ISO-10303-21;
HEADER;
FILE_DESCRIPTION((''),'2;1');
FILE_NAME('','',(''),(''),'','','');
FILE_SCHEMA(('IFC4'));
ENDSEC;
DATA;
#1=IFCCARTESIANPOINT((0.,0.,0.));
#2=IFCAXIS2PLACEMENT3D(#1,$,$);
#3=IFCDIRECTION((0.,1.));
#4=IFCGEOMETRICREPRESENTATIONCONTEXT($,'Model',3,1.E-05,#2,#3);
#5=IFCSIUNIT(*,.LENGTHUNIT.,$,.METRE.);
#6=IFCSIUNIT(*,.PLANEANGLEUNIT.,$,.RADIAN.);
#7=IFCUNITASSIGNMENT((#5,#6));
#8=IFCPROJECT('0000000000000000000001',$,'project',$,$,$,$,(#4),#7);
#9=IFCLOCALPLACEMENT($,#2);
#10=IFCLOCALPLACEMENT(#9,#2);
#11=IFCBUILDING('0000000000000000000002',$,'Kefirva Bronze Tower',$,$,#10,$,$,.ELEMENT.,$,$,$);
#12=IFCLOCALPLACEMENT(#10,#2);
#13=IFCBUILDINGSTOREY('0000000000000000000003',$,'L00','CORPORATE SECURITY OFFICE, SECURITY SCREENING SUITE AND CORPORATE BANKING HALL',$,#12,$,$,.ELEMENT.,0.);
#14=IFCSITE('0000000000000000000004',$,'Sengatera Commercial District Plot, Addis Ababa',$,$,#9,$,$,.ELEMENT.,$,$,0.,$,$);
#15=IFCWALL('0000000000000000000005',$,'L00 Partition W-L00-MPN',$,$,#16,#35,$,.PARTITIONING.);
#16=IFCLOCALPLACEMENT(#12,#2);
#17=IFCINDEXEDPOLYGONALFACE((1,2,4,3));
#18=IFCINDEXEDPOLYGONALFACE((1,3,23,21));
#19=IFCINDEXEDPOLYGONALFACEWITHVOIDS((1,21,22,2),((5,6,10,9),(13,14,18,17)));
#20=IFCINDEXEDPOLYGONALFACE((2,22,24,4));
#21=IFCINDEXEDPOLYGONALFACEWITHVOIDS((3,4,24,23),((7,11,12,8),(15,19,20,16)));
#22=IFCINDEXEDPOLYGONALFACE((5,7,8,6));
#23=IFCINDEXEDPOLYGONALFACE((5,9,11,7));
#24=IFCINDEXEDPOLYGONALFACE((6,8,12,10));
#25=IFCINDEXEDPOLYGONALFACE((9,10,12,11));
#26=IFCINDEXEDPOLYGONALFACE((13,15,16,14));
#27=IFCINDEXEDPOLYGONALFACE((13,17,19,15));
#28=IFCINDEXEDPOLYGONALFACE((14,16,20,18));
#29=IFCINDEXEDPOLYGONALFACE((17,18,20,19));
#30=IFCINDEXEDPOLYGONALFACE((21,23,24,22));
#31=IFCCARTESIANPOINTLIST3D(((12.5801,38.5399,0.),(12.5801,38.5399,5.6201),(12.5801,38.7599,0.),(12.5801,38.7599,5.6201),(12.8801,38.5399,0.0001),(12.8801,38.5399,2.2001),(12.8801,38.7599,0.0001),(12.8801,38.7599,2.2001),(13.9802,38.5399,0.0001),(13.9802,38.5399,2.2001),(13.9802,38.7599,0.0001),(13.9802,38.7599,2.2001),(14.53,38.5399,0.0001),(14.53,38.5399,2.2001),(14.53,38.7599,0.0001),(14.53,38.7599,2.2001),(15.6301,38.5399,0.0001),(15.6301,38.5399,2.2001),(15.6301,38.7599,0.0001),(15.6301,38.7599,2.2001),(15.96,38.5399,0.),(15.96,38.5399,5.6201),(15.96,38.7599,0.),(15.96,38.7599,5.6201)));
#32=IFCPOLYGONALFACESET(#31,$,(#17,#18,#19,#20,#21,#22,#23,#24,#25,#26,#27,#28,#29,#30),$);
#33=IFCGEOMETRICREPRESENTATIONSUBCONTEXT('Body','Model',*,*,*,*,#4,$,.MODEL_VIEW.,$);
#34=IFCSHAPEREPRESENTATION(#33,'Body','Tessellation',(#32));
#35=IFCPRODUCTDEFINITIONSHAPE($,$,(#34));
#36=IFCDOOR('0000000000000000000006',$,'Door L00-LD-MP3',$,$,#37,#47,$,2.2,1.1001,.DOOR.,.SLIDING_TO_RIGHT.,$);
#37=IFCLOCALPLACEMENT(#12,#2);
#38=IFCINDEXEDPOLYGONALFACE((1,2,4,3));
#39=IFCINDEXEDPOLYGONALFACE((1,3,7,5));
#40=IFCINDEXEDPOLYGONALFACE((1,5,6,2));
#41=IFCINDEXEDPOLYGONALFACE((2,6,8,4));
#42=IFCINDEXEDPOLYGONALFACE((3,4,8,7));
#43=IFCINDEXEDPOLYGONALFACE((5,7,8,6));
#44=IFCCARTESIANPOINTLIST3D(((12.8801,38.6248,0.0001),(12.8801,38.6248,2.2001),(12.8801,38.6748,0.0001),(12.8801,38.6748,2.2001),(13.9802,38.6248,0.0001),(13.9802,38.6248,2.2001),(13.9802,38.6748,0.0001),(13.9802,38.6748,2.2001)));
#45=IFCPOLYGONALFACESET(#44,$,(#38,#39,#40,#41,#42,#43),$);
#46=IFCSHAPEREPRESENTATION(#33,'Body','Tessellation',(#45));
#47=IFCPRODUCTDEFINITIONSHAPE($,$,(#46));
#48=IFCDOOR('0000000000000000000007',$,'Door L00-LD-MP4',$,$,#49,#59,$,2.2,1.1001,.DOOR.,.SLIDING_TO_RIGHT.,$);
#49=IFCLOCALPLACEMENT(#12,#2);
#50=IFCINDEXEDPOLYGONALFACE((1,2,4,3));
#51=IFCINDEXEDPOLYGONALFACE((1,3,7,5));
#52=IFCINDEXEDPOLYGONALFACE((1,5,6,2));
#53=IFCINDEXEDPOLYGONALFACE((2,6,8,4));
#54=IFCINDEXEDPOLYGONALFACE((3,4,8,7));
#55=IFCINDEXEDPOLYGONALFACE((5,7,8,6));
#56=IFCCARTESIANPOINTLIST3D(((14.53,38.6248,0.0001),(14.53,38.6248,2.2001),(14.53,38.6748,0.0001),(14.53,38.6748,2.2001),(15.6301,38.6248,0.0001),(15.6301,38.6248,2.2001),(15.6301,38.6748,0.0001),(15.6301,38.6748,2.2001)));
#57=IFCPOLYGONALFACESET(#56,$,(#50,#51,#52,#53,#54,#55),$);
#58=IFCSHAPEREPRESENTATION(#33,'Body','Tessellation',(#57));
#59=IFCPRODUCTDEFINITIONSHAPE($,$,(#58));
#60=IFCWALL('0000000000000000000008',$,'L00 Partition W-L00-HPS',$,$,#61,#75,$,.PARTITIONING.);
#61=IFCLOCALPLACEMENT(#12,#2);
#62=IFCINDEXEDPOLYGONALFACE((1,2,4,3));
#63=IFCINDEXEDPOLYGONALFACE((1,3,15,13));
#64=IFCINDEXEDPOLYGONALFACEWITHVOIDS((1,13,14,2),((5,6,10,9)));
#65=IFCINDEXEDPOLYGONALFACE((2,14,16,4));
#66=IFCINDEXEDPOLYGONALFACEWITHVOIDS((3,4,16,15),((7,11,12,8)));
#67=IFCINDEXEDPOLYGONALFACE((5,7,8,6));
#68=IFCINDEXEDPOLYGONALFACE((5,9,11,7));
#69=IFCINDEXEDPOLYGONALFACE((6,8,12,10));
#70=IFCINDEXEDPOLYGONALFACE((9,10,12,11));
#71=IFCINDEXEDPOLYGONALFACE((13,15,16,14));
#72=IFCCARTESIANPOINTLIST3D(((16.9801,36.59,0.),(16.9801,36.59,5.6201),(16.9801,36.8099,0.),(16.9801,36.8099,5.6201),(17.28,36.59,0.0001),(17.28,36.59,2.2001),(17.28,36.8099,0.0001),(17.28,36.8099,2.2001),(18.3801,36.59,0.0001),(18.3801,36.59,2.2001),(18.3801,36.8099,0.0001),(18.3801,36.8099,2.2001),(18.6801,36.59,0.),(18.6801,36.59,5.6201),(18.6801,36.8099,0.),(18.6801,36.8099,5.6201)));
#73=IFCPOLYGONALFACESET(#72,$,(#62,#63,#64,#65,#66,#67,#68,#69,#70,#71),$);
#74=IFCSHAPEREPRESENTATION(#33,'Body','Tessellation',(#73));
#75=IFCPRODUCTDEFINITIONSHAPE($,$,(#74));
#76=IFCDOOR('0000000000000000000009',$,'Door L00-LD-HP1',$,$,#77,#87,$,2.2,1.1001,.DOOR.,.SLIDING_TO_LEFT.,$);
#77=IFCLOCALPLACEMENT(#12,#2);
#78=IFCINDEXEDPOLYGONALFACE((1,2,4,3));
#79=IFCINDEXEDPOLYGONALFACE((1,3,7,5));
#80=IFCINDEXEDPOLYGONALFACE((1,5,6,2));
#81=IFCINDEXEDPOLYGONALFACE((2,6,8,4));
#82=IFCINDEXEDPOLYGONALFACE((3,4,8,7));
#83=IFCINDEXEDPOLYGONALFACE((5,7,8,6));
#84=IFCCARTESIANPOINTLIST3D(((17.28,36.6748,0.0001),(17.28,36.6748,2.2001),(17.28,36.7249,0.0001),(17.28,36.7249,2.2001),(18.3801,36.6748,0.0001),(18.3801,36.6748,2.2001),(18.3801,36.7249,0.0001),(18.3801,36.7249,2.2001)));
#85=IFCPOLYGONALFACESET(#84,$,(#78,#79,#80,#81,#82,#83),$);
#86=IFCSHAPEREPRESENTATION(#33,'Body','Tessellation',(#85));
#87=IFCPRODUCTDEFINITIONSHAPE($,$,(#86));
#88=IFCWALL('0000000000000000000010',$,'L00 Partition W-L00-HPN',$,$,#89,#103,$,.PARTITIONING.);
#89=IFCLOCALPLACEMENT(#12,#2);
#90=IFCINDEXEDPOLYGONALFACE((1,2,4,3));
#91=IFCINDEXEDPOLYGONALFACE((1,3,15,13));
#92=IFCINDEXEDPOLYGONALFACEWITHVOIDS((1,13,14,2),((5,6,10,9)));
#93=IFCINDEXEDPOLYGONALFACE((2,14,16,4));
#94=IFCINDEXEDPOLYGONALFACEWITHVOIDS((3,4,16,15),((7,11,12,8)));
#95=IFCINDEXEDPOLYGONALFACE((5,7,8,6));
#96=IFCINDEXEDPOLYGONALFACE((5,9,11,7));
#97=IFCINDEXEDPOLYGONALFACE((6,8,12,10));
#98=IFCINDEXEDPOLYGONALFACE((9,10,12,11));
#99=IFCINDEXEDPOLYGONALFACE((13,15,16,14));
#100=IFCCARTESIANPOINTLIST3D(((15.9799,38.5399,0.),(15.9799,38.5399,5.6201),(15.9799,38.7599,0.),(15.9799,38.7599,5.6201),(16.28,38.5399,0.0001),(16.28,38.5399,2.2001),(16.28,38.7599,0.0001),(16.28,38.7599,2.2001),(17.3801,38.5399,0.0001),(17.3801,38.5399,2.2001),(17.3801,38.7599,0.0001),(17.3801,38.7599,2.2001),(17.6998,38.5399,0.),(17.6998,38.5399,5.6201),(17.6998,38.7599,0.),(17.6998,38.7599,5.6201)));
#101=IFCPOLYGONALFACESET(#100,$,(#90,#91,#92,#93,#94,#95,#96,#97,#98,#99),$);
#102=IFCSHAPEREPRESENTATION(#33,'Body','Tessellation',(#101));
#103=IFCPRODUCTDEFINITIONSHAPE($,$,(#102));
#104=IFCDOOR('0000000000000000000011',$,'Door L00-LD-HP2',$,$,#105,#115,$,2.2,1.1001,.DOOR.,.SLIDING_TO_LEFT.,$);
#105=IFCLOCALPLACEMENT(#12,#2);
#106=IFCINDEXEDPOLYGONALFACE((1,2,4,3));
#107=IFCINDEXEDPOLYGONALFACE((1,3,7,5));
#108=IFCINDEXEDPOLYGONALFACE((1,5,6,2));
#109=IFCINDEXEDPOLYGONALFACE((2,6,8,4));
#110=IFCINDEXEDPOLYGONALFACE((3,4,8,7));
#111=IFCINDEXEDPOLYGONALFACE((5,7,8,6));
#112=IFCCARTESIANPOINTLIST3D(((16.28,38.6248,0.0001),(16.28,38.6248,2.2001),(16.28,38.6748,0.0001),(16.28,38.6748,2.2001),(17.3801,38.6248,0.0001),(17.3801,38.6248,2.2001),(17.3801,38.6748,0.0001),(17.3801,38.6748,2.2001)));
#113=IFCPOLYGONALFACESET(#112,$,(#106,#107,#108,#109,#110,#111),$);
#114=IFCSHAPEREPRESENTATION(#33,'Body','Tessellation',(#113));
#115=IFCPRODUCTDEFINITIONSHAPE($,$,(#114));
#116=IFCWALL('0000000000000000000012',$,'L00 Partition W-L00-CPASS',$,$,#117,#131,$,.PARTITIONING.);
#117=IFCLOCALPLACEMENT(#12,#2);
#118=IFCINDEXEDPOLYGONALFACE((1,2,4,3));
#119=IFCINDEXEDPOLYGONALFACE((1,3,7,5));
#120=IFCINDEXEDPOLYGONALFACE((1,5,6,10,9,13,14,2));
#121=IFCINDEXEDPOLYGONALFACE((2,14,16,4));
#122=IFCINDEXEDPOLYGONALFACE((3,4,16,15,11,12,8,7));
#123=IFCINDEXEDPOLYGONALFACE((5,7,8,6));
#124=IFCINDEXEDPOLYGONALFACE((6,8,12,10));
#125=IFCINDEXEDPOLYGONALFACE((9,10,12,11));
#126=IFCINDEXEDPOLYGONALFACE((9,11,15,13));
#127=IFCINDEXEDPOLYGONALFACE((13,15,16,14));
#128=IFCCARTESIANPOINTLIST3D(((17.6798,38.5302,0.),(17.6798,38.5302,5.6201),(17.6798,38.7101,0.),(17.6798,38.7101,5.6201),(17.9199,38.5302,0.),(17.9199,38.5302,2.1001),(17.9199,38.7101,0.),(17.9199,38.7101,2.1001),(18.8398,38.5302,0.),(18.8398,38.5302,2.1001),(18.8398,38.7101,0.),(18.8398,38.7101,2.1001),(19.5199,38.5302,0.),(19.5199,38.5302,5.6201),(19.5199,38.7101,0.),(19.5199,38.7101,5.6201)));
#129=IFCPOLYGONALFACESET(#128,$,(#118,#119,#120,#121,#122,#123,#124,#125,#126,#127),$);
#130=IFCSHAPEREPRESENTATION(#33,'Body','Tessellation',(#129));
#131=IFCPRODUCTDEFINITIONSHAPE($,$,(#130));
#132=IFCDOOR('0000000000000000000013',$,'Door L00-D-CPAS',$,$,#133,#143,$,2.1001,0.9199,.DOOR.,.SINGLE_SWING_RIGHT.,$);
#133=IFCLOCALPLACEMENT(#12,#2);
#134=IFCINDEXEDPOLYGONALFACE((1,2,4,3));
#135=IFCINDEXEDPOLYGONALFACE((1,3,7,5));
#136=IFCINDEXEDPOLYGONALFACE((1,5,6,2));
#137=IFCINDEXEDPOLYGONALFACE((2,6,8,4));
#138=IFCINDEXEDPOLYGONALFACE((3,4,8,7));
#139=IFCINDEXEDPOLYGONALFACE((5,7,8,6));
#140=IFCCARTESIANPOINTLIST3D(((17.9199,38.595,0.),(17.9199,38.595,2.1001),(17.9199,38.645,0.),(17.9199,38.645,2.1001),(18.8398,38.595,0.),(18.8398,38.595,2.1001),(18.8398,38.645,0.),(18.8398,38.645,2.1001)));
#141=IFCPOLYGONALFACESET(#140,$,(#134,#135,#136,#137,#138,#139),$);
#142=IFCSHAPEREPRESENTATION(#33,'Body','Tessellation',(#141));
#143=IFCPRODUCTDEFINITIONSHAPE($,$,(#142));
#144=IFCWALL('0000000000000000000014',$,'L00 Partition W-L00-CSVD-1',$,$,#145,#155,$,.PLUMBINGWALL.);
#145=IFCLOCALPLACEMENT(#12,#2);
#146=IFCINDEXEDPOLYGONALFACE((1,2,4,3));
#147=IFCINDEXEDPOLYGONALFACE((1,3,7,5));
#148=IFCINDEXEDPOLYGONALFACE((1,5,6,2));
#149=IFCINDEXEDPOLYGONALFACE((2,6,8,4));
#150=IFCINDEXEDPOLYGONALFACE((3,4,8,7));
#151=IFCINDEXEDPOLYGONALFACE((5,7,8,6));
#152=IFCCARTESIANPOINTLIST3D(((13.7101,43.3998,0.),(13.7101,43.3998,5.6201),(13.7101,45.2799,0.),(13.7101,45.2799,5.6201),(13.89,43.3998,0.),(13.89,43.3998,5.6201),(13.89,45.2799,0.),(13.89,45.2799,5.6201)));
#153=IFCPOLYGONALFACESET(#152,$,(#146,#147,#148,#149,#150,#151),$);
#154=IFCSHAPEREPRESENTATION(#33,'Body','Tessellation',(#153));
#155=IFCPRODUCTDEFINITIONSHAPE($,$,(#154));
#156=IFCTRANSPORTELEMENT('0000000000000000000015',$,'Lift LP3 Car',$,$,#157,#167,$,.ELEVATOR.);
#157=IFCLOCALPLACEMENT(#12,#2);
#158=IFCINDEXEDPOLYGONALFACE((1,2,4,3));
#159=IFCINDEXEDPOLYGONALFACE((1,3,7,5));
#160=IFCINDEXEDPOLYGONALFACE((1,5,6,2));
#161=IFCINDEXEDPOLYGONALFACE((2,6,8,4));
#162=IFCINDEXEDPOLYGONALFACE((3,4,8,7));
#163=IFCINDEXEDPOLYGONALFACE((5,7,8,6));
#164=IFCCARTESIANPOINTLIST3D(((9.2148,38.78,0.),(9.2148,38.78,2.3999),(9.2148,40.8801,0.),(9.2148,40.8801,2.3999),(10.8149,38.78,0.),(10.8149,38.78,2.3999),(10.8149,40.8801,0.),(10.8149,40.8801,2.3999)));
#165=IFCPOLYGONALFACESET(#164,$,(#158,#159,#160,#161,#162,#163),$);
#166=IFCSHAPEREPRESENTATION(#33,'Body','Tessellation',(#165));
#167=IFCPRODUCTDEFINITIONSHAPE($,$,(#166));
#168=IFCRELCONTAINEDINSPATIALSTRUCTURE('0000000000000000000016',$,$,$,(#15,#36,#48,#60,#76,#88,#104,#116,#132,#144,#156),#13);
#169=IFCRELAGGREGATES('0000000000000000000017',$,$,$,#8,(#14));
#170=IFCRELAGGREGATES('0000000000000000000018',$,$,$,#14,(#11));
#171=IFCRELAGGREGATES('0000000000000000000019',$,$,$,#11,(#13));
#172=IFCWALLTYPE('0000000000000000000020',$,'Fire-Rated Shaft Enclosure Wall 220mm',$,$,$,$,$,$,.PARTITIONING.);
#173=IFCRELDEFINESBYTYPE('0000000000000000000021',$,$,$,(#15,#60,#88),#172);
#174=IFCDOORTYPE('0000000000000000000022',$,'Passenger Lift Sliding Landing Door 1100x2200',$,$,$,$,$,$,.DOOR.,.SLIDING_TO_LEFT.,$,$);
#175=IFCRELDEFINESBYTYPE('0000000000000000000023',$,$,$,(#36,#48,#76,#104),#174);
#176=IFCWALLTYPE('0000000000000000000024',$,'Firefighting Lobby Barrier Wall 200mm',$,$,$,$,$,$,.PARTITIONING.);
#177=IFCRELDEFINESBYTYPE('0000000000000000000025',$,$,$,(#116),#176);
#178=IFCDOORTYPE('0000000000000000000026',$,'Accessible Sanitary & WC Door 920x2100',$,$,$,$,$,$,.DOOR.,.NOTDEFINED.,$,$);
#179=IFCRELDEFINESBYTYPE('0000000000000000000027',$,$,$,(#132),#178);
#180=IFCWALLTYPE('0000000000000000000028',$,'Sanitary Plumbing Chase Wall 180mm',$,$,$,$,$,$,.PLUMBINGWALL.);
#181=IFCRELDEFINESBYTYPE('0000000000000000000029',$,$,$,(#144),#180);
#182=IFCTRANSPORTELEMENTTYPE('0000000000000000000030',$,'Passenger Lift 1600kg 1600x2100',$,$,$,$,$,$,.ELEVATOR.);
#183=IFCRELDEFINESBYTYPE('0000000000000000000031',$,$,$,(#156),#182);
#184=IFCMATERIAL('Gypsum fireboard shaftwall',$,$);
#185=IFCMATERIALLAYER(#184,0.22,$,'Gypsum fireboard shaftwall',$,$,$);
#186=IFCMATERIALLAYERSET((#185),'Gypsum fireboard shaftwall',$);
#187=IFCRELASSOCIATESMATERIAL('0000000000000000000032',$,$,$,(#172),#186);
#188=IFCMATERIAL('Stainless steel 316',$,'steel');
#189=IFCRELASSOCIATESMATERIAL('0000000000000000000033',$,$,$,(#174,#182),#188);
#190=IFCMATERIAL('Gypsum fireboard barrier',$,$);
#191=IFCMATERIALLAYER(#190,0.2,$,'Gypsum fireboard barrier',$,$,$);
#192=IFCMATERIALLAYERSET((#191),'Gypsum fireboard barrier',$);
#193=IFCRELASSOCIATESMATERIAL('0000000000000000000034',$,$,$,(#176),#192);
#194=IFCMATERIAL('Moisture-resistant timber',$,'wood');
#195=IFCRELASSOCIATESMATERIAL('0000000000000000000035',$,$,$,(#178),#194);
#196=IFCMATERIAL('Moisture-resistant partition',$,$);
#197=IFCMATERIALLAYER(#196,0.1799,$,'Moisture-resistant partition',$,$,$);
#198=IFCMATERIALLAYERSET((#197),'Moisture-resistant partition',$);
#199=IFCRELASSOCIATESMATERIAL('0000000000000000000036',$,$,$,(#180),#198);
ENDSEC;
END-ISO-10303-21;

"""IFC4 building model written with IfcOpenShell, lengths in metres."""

from ifc_helpers import new_model, si_unit, direction, frame, frame_2d, origin, origin_2d, place, context, subcontext, project, spatial, rectangle, extrude, material, layer, layer_set, type_object, element, fill, save


model = new_model("IFC4")

# Units and contexts
model_context = context("Model", 3, precision=1e-05, world=origin(), true_north=direction((0.0, 1.0)))
body_context = subcontext(model_context, "Body", "Model", "MODEL_VIEW")
ifc_project = project(units=[si_unit("LENGTHUNIT", "METRE"), si_unit("PLANEANGLEUNIT", "RADIAN")], contexts=[model_context])

# Site, building, storey
site_placement = place(None, origin())
site = spatial("IfcSite", under=ifc_project, at=site_placement, Name="Sengatera Commercial District Plot, Addis Ababa", CompositionType="ELEMENT", RefElevation=0.0)
building_placement = place(site_placement, origin())
building = spatial("IfcBuilding", under=site, at=building_placement, Name="Kefirva Bronze Tower", CompositionType="ELEMENT")
storey_placement = place(building_placement, origin())
storey = spatial("IfcBuildingStorey", under=building, at=storey_placement, Name="L00", Description="CORPORATE SECURITY OFFICE, SECURITY SCREENING SUITE AND CORPORATE BANKING HALL", CompositionType="ELEMENT", Elevation=0.0)

# Shared definitions
ifc_material_1 = material(Name="Gypsum fireboard shaftwall")
ifc_layer_1 = layer(ifc_material_1, 0.22, Name="Gypsum fireboard shaftwall")
ifc_layer_set_1 = layer_set([ifc_layer_1], Name="Gypsum fireboard shaftwall")
wall_type_1 = type_object("IfcWallType", Name="Fire-Rated Shaft Enclosure Wall 220mm", PredefinedType="PARTITIONING", material=ifc_layer_set_1)

# Wall, openings, doors
ifc_material_2 = material(Name="Stainless steel 316", Category="steel")
door_type_1 = type_object("IfcDoorType", Name="Passenger Lift Sliding Landing Door 1100x2200", OperationType="SLIDING_TO_LEFT", PredefinedType="DOOR", material=ifc_material_2)
wall_1_placement = place(storey_placement, frame((12.5801, 38.6499, 0.0), z_axis=(0.0, 0.0, 1.0), x_axis=(1.0, 0.0, 0.0)))
wall_1 = element("IfcWall", 1, at=wall_1_placement, inside=storey, type_object=wall_type_1, Name="L00 Partition W-L00-MPN", PredefinedType="PARTITIONING", context=body_context, shape_type="SweptSolid", body=[
    extrude(rectangle(XDim=3.3799, YDim=0.22, at=frame_2d((1.6899, 0.0))), origin(), (0.0, 0.0, 1.0), 5.6201),
])
opening_1_placement = place(wall_1_placement, frame((0.3, 0.0, 0.0)))
opening_1 = element("IfcOpeningElement", 2, at=opening_1_placement, cuts=wall_1, PredefinedType="OPENING", context=body_context, shape_type="SweptSolid", body=[
    extrude(rectangle(XDim=1.1001, YDim=2.2, at=frame_2d((0.55, 1.1001))), frame((0.0, 0.1201, 0.0), z_axis=(0.0, -1.0, 0.0), x_axis=(1.0, 0.0, 0.0)), (0.0, 0.0, 1.0), 0.24),
])
opening_2_placement = place(wall_1_placement, frame((1.95, 0.0, 0.0)))
opening_2 = element("IfcOpeningElement", 3, at=opening_2_placement, cuts=wall_1, PredefinedType="OPENING", context=body_context, shape_type="SweptSolid", body=[
    extrude(rectangle(XDim=1.1001, YDim=2.2, at=frame_2d((0.55, 1.1001))), frame((0.0, 0.1201, 0.0), z_axis=(0.0, -1.0, 0.0), x_axis=(1.0, 0.0, 0.0)), (0.0, 0.0, 1.0), 0.24),
])
door_1_placement = place(opening_1_placement, origin())
door_1 = element("IfcDoor", 4, at=door_1_placement, inside=storey, type_object=door_type_1, Name="Door L00-LD-MP3", OperationType="SLIDING_TO_RIGHT", OverallHeight=2.2, OverallWidth=1.1001, PredefinedType="DOOR", context=body_context, shape_type="SweptSolid", body=[
    extrude(rectangle(XDim=1.1001, YDim=2.2, at=frame_2d((0.55, 1.1001))), frame((0.0, 0.0249, 0.0), z_axis=(0.0, -1.0, 0.0), x_axis=(1.0, 0.0, 0.0)), (0.0, 0.0, 1.0), 0.05),
])
fill(opening_1, door_1)
door_2_placement = place(opening_2_placement, origin())
door_2 = element("IfcDoor", 5, at=door_2_placement, inside=storey, type_object=door_type_1, Name="Door L00-LD-MP4", OperationType="SLIDING_TO_RIGHT", OverallHeight=2.2, OverallWidth=1.1001, PredefinedType="DOOR", context=body_context, shape_type="SweptSolid", body=[
    extrude(rectangle(XDim=1.1001, YDim=2.2, at=frame_2d((0.55, 1.1001))), frame((0.0, 0.0249, 0.0), z_axis=(0.0, -1.0, 0.0), x_axis=(1.0, 0.0, 0.0)), (0.0, 0.0, 1.0), 0.05),
])
fill(opening_2, door_2)

# Walls, openings, doors
wall_2_placement = place(storey_placement, frame((16.98, 36.7, 0.0), z_axis=(0.0, 0.0, 1.0), x_axis=(1.0, 0.0, 0.0)))
wall_2 = element("IfcWall", 6, at=wall_2_placement, inside=storey, type_object=wall_type_1, Name="L00 Partition W-L00-HPS", PredefinedType="PARTITIONING", context=body_context, shape_type="SweptSolid", body=[
    extrude(rectangle(XDim=1.7, YDim=0.22, at=frame_2d((0.8501, 0.0))), origin(), (0.0, 0.0, 1.0), 5.6201),
])
opening_3_placement = place(wall_2_placement, frame((0.3, 0.0, 0.0)))
opening_3 = element("IfcOpeningElement", 7, at=opening_3_placement, cuts=wall_2, PredefinedType="OPENING", context=body_context, shape_type="SweptSolid", body=[
    extrude(rectangle(XDim=1.1001, YDim=2.2, at=frame_2d((0.55, 1.1001))), frame((0.0, 0.1201, 0.0), z_axis=(0.0, -1.0, 0.0), x_axis=(1.0, 0.0, 0.0)), (0.0, 0.0, 1.0), 0.24),
])
door_3_placement = place(opening_3_placement, origin())
door_3 = element("IfcDoor", 8, at=door_3_placement, inside=storey, type_object=door_type_1, Name="Door L00-LD-HP1", OperationType="SLIDING_TO_LEFT", OverallHeight=2.2, OverallWidth=1.1001, PredefinedType="DOOR", context=body_context, shape_type="SweptSolid", body=[
    extrude(rectangle(XDim=1.1001, YDim=2.2, at=frame_2d((0.55, 1.1001))), frame((0.0, 0.0249, 0.0), z_axis=(0.0, -1.0, 0.0), x_axis=(1.0, 0.0, 0.0)), (0.0, 0.0, 1.0), 0.05),
])
fill(opening_3, door_3)
wall_3_placement = place(storey_placement, frame((15.98, 38.6499, 0.0), z_axis=(0.0, 0.0, 1.0), x_axis=(1.0, 0.0, 0.0)))
wall_3 = element("IfcWall", 9, at=wall_3_placement, inside=storey, type_object=wall_type_1, Name="L00 Partition W-L00-HPN", PredefinedType="PARTITIONING", context=body_context, shape_type="SweptSolid", body=[
    extrude(rectangle(XDim=1.72, YDim=0.22, at=frame_2d((0.8599, 0.0))), origin(), (0.0, 0.0, 1.0), 5.6201),
])
opening_4_placement = place(wall_3_placement, frame((0.3, 0.0, 0.0)))
opening_4 = element("IfcOpeningElement", 10, at=opening_4_placement, cuts=wall_3, PredefinedType="OPENING", context=body_context, shape_type="SweptSolid", body=[
    extrude(rectangle(XDim=1.1001, YDim=2.2, at=frame_2d((0.55, 1.1001))), frame((0.0, 0.1201, 0.0), z_axis=(0.0, -1.0, 0.0), x_axis=(1.0, 0.0, 0.0)), (0.0, 0.0, 1.0), 0.24),
])
door_4_placement = place(opening_4_placement, origin())
door_4 = element("IfcDoor", 11, at=door_4_placement, inside=storey, type_object=door_type_1, Name="Door L00-LD-HP2", OperationType="SLIDING_TO_LEFT", OverallHeight=2.2, OverallWidth=1.1001, PredefinedType="DOOR", context=body_context, shape_type="SweptSolid", body=[
    extrude(rectangle(XDim=1.1001, YDim=2.2, at=frame_2d((0.55, 1.1001))), frame((0.0, 0.0249, 0.0), z_axis=(0.0, -1.0, 0.0), x_axis=(1.0, 0.0, 0.0)), (0.0, 0.0, 1.0), 0.05),
])
fill(opening_4, door_4)
ifc_material_3 = material(Name="Gypsum fireboard barrier")
ifc_layer_2 = layer(ifc_material_3, 0.2, Name="Gypsum fireboard barrier")
ifc_layer_set_2 = layer_set([ifc_layer_2], Name="Gypsum fireboard barrier")
wall_type_2 = type_object("IfcWallType", Name="Firefighting Lobby Barrier Wall 200mm", PredefinedType="PARTITIONING", material=ifc_layer_set_2)
wall_4_placement = place(storey_placement, frame((17.6799, 38.6201, 0.0), z_axis=(0.0, 0.0, 1.0), x_axis=(1.0, 0.0, 0.0)))
wall_4 = element("IfcWall", 12, at=wall_4_placement, inside=storey, type_object=wall_type_2, Name="L00 Partition W-L00-CPASS", PredefinedType="PARTITIONING", context=body_context, shape_type="SweptSolid", body=[
    extrude(rectangle(XDim=1.8401, YDim=0.1799, at=frame_2d((0.9199, 0.0))), origin(), (0.0, 0.0, 1.0), 5.6201),
])
opening_5_placement = place(wall_4_placement, frame((0.24, 0.0, 0.0)))
opening_5 = element("IfcOpeningElement", 13, at=opening_5_placement, cuts=wall_4, PredefinedType="OPENING", context=body_context, shape_type="SweptSolid", body=[
    extrude(rectangle(XDim=0.9199, YDim=2.1001, at=frame_2d((0.46, 1.05))), frame((0.0, 0.1001, 0.0), z_axis=(0.0, -1.0, 0.0), x_axis=(1.0, 0.0, 0.0)), (0.0, 0.0, 1.0), 0.2),
])
ifc_material_4 = material(Name="Moisture-resistant timber", Category="wood")
door_type_2 = type_object("IfcDoorType", Name="Accessible Sanitary & WC Door 920x2100", OperationType="NOTDEFINED", PredefinedType="DOOR", material=ifc_material_4)
door_5_placement = place(opening_5_placement, origin())
door_5 = element("IfcDoor", 14, at=door_5_placement, inside=storey, type_object=door_type_2, Name="Door L00-D-CPAS", OperationType="SINGLE_SWING_RIGHT", OverallHeight=2.1001, OverallWidth=0.9199, PredefinedType="DOOR", context=body_context, shape_type="SweptSolid", body=[
    extrude(rectangle(XDim=0.9199, YDim=2.1001, at=frame_2d((0.46, 1.05))), frame((0.0, 0.0249, 0.0), z_axis=(0.0, -1.0, 0.0), x_axis=(1.0, 0.0, 0.0)), (0.0, 0.0, 1.0), 0.05),
])
fill(opening_5, door_5)

# Wall
ifc_material_5 = material(Name="Moisture-resistant partition")
ifc_layer_3 = layer(ifc_material_5, 0.1799, Name="Moisture-resistant partition")
ifc_layer_set_3 = layer_set([ifc_layer_3], Name="Moisture-resistant partition")
wall_type_3 = type_object("IfcWallType", Name="Sanitary Plumbing Chase Wall 180mm", PredefinedType="PLUMBINGWALL", material=ifc_layer_set_3)
wall_5_placement = place(storey_placement, frame((13.8, 43.3999, 0.0), z_axis=(0.0, 0.0, 1.0), x_axis=(0.0, 1.0, 0.0)))
element("IfcWall", 15, at=wall_5_placement, inside=storey, type_object=wall_type_3, Name="L00 Partition W-L00-CSVD-1", PredefinedType="PLUMBINGWALL", context=body_context, shape_type="SweptSolid", body=[
    extrude(rectangle(XDim=1.8801, YDim=0.1799, at=frame_2d((0.9399, 0.0))), origin(), (0.0, 0.0, 1.0), 5.6201),
])

# Transport element
transport_element_type = type_object("IfcTransportElementType", Name="Passenger Lift 1600kg 1600x2100", PredefinedType="ELEVATOR", material=ifc_material_2)
for number, where, z_axis, x_axis, name in (
    (16, (10.0149, 39.8301, 0.0), (0.0, 0.0, 1.0), (1.0, 0.0, 0.0), "Lift LP3 Car"),
):
    element("IfcTransportElement", number, at=place(storey_placement, frame(where, z_axis=z_axis, x_axis=x_axis)), inside=storey, type_object=transport_element_type, Name=name, PredefinedType="ELEVATOR", context=body_context, shape_type="SweptSolid", body=[
        extrude(rectangle(XDim=1.6001, YDim=2.1001, at=origin_2d()), origin(), (0.0, 0.0, 1.0), 2.3999),
    ])

save(model, "model.ifc")
